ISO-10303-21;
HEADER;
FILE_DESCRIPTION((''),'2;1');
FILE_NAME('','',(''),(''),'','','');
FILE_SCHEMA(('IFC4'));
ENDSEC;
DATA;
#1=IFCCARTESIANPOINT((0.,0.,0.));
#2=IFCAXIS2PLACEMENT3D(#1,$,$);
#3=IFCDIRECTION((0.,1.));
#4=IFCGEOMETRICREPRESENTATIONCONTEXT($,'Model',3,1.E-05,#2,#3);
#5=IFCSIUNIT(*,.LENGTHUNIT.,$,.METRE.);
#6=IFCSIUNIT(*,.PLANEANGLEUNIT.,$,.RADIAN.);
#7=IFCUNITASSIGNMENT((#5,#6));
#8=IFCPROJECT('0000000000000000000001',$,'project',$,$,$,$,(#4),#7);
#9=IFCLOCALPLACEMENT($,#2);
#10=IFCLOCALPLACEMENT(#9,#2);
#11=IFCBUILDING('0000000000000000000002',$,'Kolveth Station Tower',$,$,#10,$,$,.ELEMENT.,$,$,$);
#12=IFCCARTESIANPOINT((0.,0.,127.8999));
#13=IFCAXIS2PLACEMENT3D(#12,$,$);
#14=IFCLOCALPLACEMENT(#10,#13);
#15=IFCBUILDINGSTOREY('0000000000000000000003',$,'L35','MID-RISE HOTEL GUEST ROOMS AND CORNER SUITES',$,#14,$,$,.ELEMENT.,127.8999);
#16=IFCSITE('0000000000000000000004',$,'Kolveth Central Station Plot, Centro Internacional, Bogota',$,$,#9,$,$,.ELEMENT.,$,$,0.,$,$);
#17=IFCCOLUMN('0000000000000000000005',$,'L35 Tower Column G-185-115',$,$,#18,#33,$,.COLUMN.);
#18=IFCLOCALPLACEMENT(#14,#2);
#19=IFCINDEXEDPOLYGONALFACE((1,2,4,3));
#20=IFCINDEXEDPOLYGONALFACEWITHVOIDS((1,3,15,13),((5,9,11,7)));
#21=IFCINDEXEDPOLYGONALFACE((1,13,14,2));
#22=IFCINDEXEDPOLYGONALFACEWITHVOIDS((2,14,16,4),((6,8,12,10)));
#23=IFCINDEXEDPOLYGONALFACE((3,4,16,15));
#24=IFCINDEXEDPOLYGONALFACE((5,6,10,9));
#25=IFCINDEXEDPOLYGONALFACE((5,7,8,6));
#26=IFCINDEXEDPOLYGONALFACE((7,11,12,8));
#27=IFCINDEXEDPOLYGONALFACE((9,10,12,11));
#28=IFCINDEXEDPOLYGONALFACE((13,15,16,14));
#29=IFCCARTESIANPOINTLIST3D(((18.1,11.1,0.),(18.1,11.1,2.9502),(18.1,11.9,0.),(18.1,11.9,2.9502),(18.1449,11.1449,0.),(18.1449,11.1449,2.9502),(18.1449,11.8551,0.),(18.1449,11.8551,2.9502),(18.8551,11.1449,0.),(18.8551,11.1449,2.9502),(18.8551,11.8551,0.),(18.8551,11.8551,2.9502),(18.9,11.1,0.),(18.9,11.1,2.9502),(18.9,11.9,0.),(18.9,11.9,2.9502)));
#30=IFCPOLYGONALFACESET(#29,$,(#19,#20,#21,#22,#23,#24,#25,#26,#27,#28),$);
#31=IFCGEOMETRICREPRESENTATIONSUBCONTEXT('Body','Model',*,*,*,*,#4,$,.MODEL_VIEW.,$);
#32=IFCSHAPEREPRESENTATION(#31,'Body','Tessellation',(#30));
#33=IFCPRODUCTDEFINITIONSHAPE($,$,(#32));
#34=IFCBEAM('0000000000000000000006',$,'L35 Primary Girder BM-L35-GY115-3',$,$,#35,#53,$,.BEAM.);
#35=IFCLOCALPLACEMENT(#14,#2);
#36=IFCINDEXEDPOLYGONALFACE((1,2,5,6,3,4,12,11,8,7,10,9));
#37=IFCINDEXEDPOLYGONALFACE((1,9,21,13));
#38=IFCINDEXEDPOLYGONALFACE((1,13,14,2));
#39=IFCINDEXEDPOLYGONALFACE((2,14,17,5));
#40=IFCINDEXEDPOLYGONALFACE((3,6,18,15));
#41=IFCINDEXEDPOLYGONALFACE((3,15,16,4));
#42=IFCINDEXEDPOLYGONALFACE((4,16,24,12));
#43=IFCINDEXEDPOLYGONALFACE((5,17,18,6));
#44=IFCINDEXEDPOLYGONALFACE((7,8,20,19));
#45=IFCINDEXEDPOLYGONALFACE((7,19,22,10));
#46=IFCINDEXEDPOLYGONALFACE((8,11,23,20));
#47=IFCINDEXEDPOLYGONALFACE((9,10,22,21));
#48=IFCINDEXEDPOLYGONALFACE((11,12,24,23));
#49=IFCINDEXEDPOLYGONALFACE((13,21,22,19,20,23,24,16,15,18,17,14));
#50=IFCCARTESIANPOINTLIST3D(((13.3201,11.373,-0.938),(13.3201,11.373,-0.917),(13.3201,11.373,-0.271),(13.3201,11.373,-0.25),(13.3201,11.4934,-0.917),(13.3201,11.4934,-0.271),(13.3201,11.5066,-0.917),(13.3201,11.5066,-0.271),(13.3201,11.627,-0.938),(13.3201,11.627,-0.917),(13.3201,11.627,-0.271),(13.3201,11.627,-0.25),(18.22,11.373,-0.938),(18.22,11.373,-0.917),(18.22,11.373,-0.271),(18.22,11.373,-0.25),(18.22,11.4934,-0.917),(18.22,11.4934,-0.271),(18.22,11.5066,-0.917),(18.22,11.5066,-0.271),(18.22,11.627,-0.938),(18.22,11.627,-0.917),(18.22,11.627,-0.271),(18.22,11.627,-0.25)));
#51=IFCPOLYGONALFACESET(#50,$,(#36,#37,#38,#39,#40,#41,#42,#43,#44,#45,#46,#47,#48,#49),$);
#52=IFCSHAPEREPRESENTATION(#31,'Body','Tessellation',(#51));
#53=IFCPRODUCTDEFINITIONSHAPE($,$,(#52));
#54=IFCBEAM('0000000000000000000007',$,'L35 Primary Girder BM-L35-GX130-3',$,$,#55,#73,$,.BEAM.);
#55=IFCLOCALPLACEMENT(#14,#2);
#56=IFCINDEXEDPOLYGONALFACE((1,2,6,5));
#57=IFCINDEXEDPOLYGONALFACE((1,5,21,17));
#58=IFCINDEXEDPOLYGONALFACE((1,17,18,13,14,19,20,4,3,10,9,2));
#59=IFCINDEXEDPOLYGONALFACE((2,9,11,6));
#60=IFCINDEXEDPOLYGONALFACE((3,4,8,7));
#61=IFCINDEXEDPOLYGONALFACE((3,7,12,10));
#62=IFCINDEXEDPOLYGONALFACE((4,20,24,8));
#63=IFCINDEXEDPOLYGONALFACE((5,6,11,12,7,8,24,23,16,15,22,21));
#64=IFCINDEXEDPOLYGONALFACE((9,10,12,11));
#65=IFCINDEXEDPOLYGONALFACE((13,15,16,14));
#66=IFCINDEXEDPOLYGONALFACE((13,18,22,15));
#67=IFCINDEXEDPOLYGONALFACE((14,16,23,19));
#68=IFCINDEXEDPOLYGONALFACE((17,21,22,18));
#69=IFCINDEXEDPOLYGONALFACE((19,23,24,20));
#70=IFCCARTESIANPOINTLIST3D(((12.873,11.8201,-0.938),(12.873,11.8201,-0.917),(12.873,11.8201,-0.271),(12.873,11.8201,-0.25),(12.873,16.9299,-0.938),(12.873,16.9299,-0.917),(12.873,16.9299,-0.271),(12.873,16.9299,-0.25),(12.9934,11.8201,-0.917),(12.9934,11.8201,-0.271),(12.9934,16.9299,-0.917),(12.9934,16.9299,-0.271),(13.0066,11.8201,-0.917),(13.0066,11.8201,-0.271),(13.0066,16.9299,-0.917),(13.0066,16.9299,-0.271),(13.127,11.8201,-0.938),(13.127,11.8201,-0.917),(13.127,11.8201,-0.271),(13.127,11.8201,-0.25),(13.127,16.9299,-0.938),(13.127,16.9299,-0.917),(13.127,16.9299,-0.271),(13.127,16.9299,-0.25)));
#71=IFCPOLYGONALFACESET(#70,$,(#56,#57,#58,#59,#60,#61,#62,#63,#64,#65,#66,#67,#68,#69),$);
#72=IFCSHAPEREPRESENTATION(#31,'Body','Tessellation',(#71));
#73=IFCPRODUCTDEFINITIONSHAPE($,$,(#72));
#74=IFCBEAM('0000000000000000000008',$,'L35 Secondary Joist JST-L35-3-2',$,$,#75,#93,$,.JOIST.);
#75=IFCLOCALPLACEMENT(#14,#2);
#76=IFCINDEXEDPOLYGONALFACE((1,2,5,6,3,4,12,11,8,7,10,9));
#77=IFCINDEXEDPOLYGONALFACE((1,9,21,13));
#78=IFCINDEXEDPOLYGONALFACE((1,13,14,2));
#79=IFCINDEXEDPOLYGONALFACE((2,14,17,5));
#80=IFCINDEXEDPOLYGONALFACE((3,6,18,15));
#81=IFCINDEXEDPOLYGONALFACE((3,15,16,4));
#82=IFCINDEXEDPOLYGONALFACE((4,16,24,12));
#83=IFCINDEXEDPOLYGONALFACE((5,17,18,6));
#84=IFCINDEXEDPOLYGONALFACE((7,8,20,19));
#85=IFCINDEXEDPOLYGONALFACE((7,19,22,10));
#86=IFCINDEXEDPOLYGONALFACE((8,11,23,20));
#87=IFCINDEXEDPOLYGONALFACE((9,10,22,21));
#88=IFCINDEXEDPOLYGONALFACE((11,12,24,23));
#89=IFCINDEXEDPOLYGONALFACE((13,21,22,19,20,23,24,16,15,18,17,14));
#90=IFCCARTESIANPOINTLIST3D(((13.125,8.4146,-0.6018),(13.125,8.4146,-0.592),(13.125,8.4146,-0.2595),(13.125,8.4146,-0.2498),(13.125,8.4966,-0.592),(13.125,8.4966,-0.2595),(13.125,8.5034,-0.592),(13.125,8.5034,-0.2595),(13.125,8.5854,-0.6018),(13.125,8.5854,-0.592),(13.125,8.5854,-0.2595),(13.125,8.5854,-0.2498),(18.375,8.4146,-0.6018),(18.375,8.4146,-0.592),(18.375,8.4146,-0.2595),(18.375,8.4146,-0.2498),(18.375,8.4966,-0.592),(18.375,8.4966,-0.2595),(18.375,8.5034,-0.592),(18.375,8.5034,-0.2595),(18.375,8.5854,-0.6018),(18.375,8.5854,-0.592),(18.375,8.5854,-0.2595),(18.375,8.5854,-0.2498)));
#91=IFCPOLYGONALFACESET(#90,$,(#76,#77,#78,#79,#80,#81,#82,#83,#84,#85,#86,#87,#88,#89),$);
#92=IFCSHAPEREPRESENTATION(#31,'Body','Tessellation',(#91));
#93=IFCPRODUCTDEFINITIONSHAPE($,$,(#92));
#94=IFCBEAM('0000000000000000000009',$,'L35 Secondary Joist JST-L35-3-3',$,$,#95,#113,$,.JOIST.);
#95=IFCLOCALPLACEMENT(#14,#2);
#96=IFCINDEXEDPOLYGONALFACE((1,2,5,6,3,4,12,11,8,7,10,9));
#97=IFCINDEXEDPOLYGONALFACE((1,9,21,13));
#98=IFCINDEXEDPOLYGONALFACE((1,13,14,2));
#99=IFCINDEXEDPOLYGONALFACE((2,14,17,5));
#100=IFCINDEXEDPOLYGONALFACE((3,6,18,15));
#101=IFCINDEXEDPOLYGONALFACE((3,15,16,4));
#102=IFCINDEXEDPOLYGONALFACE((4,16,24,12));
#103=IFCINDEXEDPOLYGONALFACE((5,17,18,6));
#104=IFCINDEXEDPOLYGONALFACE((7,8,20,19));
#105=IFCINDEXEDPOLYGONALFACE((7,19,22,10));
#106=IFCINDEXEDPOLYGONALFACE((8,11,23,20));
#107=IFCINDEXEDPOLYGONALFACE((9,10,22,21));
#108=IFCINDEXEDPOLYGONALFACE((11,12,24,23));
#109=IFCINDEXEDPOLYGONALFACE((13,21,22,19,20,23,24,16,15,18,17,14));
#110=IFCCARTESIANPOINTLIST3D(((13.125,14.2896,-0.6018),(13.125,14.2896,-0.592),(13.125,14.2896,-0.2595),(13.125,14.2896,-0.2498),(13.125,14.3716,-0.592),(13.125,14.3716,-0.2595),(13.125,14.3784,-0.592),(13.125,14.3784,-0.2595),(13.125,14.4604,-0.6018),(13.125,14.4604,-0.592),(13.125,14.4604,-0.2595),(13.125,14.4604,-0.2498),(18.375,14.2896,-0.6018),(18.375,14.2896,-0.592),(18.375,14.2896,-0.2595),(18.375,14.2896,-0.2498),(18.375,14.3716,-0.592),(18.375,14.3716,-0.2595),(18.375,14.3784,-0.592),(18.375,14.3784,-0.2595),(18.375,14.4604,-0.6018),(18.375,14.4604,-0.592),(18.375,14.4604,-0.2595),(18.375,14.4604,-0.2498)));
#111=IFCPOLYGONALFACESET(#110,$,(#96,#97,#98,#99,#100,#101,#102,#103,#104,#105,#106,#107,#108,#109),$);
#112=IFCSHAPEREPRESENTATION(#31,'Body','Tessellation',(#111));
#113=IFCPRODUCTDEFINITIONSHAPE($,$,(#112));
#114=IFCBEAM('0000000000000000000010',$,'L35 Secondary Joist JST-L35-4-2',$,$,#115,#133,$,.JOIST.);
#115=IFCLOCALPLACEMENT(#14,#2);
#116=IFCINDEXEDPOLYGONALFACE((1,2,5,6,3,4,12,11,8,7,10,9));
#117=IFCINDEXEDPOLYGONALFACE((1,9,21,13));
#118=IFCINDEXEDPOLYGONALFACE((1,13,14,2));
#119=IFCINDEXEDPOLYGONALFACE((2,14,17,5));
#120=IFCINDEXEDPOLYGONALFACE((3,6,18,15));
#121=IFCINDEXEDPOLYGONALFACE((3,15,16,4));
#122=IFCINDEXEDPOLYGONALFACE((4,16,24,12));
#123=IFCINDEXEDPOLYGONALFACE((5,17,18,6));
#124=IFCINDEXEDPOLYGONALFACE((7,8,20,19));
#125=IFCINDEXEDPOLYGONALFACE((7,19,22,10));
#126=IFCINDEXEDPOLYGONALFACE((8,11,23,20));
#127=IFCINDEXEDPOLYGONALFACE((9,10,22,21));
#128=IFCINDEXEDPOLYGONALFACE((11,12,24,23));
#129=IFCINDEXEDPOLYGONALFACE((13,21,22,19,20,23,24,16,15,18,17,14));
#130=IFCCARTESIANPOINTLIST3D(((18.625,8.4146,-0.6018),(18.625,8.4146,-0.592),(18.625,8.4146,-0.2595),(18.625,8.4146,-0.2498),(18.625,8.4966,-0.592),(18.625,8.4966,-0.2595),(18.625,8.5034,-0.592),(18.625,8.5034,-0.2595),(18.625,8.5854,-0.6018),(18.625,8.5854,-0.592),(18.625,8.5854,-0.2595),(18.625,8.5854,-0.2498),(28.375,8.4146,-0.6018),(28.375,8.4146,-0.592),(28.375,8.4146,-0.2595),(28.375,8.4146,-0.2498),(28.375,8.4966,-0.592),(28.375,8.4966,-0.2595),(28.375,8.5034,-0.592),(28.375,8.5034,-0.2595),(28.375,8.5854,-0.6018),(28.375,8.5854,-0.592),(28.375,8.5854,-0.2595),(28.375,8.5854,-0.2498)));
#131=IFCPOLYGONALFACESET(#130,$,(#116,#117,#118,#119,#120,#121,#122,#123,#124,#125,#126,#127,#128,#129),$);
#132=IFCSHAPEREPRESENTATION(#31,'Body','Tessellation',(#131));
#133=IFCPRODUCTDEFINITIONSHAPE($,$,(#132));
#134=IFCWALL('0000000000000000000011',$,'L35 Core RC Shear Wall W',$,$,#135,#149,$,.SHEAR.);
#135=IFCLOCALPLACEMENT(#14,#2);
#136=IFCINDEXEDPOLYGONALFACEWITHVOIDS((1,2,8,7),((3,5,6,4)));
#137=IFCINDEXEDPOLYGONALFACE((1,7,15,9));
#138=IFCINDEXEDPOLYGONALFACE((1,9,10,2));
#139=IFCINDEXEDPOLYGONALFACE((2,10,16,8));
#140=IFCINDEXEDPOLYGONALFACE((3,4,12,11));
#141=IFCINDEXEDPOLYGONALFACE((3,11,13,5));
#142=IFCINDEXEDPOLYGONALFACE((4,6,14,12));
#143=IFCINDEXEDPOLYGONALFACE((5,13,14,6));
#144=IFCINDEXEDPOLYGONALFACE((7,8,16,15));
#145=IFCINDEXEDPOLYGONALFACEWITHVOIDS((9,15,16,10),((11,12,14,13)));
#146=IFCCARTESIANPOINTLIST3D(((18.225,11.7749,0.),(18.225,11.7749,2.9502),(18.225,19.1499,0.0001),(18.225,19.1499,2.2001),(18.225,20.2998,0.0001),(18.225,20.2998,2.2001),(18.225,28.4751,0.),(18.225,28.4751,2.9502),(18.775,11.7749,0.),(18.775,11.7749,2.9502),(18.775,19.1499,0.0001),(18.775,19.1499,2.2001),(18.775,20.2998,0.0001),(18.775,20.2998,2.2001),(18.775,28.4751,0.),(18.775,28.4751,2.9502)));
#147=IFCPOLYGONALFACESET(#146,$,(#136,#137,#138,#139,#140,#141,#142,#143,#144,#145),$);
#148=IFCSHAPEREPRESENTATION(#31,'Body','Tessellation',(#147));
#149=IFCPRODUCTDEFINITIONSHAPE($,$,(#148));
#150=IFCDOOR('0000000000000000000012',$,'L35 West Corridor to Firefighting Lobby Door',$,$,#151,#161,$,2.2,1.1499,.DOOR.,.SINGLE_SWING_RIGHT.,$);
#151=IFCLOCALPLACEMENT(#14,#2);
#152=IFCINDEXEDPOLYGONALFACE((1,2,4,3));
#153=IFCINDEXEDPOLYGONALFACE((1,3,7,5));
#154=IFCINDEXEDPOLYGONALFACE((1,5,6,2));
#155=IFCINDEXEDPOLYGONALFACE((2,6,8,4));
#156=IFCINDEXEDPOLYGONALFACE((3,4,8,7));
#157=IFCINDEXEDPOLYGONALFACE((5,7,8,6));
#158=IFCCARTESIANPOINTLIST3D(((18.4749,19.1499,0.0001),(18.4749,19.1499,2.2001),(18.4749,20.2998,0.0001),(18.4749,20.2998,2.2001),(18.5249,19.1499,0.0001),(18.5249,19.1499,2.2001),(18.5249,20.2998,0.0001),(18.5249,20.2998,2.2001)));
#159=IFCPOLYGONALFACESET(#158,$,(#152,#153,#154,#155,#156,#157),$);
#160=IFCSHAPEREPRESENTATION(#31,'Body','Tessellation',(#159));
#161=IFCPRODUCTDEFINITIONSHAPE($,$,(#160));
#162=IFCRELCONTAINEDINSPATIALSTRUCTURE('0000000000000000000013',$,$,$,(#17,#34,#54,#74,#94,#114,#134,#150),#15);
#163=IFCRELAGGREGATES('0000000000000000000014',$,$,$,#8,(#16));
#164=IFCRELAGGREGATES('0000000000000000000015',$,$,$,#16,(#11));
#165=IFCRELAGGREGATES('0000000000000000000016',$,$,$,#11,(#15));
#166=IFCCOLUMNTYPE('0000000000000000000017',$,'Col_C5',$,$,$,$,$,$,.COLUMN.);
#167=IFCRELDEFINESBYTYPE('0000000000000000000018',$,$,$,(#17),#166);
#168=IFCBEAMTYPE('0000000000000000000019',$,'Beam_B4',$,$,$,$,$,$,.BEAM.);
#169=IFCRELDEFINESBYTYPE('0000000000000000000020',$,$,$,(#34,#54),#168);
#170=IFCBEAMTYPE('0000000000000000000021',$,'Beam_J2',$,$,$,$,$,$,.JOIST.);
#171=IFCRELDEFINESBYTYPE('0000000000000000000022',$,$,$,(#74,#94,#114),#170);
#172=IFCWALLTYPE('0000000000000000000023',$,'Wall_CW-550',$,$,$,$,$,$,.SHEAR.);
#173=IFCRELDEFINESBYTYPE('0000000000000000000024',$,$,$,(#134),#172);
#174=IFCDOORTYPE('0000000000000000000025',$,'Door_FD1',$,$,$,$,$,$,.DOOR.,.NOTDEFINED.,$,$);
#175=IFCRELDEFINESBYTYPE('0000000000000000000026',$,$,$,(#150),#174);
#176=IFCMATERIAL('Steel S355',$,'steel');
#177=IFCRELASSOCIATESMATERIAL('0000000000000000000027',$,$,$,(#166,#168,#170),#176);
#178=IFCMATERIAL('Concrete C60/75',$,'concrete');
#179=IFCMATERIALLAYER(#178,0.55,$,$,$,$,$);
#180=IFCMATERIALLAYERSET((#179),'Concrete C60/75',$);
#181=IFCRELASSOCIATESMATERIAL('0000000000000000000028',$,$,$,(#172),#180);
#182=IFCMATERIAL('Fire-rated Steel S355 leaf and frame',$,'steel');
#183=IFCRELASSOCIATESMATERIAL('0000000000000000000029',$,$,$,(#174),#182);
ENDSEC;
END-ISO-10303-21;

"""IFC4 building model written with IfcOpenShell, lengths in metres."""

from ifc_helpers import new_model, si_unit, direction, frame, frame_2d, origin, origin_2d, place, context, subcontext, project, spatial, rectangle, hollow_rectangle, i_section, extrude, source, transform, mapped, material, layer, layer_set, material_profile, profile_set, type_object, element, fill, save


model = new_model("IFC4")

# Units and contexts
model_context = context("Model", 3, precision=1e-05, world=origin(), true_north=direction((0.0, 1.0)))
body_context = subcontext(model_context, "Body", "Model", "MODEL_VIEW")
ifc_project = project(units=[si_unit("LENGTHUNIT", "METRE"), si_unit("PLANEANGLEUNIT", "RADIAN")], contexts=[model_context])

# Site, building, storey
site_placement = place(None, origin())
site = spatial("IfcSite", under=ifc_project, at=site_placement, Name="Kolveth Central Station Plot, Centro Internacional, Bogota", CompositionType="ELEMENT", RefElevation=0.0)
building_placement = place(site_placement, origin())
building = spatial("IfcBuilding", under=site, at=building_placement, Name="Kolveth Station Tower", CompositionType="ELEMENT")
storey_placement = place(building_placement, frame((0.0, 0.0, 127.8999)))
storey = spatial("IfcBuildingStorey", under=building, at=storey_placement, Name="L35", Description="MID-RISE HOTEL GUEST ROOMS AND CORNER SUITES", CompositionType="ELEMENT", Elevation=127.8999)

# Column
ifc_material_1 = material(Name="Steel S355", Category="steel")
ifc_material_profile_1 = material_profile(ifc_material_1, hollow_rectangle(XDim=0.8, YDim=0.8, WallThickness=0.0449, at=origin_2d()), Name="BOX800x800x45")
ifc_profile_set_1 = profile_set([ifc_material_profile_1], Name="Steel S355")
column_type = type_object("IfcColumnType", Name="Col_C5", PredefinedType="COLUMN", material=ifc_profile_set_1)
shared_shape_1 = source(origin(), body_context, "Body", "SweptSolid", [
    extrude(hollow_rectangle(XDim=0.8, YDim=0.8, WallThickness=0.0449, at=origin_2d()), origin(), (0.0, 0.0, 1.0), 2.9502),
])
column_placement = place(storey_placement, frame((18.5, 11.5, 0.0), z_axis=(0.0, 0.0, 1.0), x_axis=(1.0, 0.0, 0.0)))
element("IfcColumn", 1, at=column_placement, inside=storey, type_object=column_type, Name="L35 Tower Column G-185-115", PredefinedType="COLUMN", context=body_context, shape_type="MappedRepresentation", body=[
    mapped(shared_shape_1, transform((0.0, 0.0, 0.0), x_axis=(1.0, 0.0, 0.0), y_axis=(0.0, 1.0, 0.0), z_axis=(0.0, 0.0, 1.0), scale=1.0)),
])

# Beams
ifc_material_profile_2 = material_profile(ifc_material_1, i_section(OverallWidth=0.2539, OverallDepth=0.688, WebThickness=0.0132, FlangeThickness=0.021, at=origin_2d()), Name="W690x152")
ifc_profile_set_2 = profile_set([ifc_material_profile_2], Name="Steel S355")
beam_type_1 = type_object("IfcBeamType", Name="Beam_B4", PredefinedType="BEAM", material=ifc_profile_set_2)
shared_shape_2 = source(origin(), body_context, "Body", "SweptSolid", [
    extrude(i_section(OverallWidth=0.2539, OverallDepth=0.688, WebThickness=0.0132, FlangeThickness=0.021, at=origin_2d()), origin(), (0.0, 0.0, 1.0), 4.8999),
])
beam_1_placement = place(storey_placement, frame((13.3201, 11.5, -0.594), z_axis=(1.0, 0.0, 0.0), x_axis=(0.0, 1.0, 0.0)))
element("IfcBeam", 2, at=beam_1_placement, inside=storey, type_object=beam_type_1, Name="L35 Primary Girder BM-L35-GY115-3", PredefinedType="BEAM", context=body_context, shape_type="MappedRepresentation", body=[
    mapped(shared_shape_2, transform((0.0, 0.0, 0.0), x_axis=(1.0, 0.0, 0.0), y_axis=(0.0, 1.0, 0.0), z_axis=(0.0, 0.0, 1.0), scale=1.0)),
])
shared_shape_3 = source(origin(), body_context, "Body", "SweptSolid", [
    extrude(i_section(OverallWidth=0.2539, OverallDepth=0.688, WebThickness=0.0132, FlangeThickness=0.021, at=origin_2d()), origin(), (0.0, 0.0, 1.0), 5.1099),
])
beam_2_placement = place(storey_placement, frame((13.0, 11.8201, -0.594), z_axis=(0.0, 1.0, 0.0), x_axis=(-1.0, 0.0, 0.0)))
element("IfcBeam", 3, at=beam_2_placement, inside=storey, type_object=beam_type_1, Name="L35 Primary Girder BM-L35-GX130-3", PredefinedType="BEAM", context=body_context, shape_type="MappedRepresentation", body=[
    mapped(shared_shape_3, transform((0.0, 0.0, 0.0), x_axis=(1.0, 0.0, 0.0), y_axis=(0.0, 1.0, 0.0), z_axis=(0.0, 0.0, 1.0), scale=1.0)),
])
ifc_material_profile_3 = material_profile(ifc_material_1, i_section(OverallWidth=0.1709, OverallDepth=0.3521, WebThickness=0.0068, FlangeThickness=0.0098, at=origin_2d()), Name="W360x44")
ifc_profile_set_3 = profile_set([ifc_material_profile_3], Name="Steel S355")
beam_type_2 = type_object("IfcBeamType", Name="Beam_J2", PredefinedType="JOIST", material=ifc_profile_set_3)
shared_shape_4 = source(origin(), body_context, "Body", "SweptSolid", [
    extrude(i_section(OverallWidth=0.1709, OverallDepth=0.3521, WebThickness=0.0068, FlangeThickness=0.0098, at=origin_2d()), origin(), (0.0, 0.0, 1.0), 5.25),
])
for number, where, z_axis, x_axis, name in (
    (4, (13.125, 8.5, -0.4258), (1.0, 0.0, 0.0), (0.0, 1.0, 0.0), "L35 Secondary Joist JST-L35-3-2"),
    (5, (13.125, 14.375, -0.4258), (1.0, 0.0, 0.0), (0.0, 1.0, 0.0), "L35 Secondary Joist JST-L35-3-3"),
):
    element("IfcBeam", number, at=place(storey_placement, frame(where, z_axis=z_axis, x_axis=x_axis)), inside=storey, type_object=beam_type_2, Name=name, PredefinedType="JOIST", context=body_context, shape_type="MappedRepresentation", body=[
        mapped(shared_shape_4, transform((0.0, 0.0, 0.0), x_axis=(1.0, 0.0, 0.0), y_axis=(0.0, 1.0, 0.0), z_axis=(0.0, 0.0, 1.0), scale=1.0)),
    ])
shared_shape_5 = source(origin(), body_context, "Body", "SweptSolid", [
    extrude(i_section(OverallWidth=0.1709, OverallDepth=0.3521, WebThickness=0.0068, FlangeThickness=0.0098, at=origin_2d()), origin(), (0.0, 0.0, 1.0), 9.75),
])
beam_3_placement = place(storey_placement, frame((18.625, 8.5, -0.4258), z_axis=(1.0, 0.0, 0.0), x_axis=(0.0, 1.0, 0.0)))
element("IfcBeam", 6, at=beam_3_placement, inside=storey, type_object=beam_type_2, Name="L35 Secondary Joist JST-L35-4-2", PredefinedType="JOIST", context=body_context, shape_type="MappedRepresentation", body=[
    mapped(shared_shape_5, transform((0.0, 0.0, 0.0), x_axis=(1.0, 0.0, 0.0), y_axis=(0.0, 1.0, 0.0), z_axis=(0.0, 0.0, 1.0), scale=1.0)),
])

# Shared definitions
ifc_material_2 = material(Name="Concrete C60/75", Category="concrete")
ifc_layer_1 = layer(ifc_material_2, 0.55)
ifc_layer_set_1 = layer_set([ifc_layer_1], Name="Concrete C60/75")
wall_type_1 = type_object("IfcWallType", Name="Wall_CW-550", PredefinedType="SHEAR", material=ifc_layer_set_1)

# Wall, opening, door
wall_1_placement = place(storey_placement, frame((18.5, 11.7749, 0.0), z_axis=(0.0, 0.0, 1.0), x_axis=(0.0, 1.0, 0.0)))
wall_1 = element("IfcWall", 7, at=wall_1_placement, inside=storey, type_object=wall_type_1, Name="L35 Core RC Shear Wall W", PredefinedType="SHEAR", context=body_context, shape_type="SweptSolid", body=[
    extrude(rectangle(XDim=16.7002, YDim=0.55, at=frame_2d((8.3501, 0.0))), origin(), (0.0, 0.0, 1.0), 2.9502),
])
opening_1_placement = place(wall_1_placement, frame((7.375, 0.0, 0.0)))
opening_1 = element("IfcOpeningElement", 8, at=opening_1_placement, cuts=wall_1, PredefinedType="OPENING", context=body_context, shape_type="SweptSolid", body=[
    extrude(rectangle(XDim=1.1499, YDim=2.2, at=frame_2d((0.575, 1.1001))), frame((0.0, 0.2849, 0.0), z_axis=(0.0, -1.0, 0.0), x_axis=(1.0, 0.0, 0.0)), (0.0, 0.0, 1.0), 0.5701),
])
ifc_material_3 = material(Name="Fire-rated Steel S355 leaf and frame", Category="steel")
door_type_1 = type_object("IfcDoorType", Name="Door_FD1", OperationType="NOTDEFINED", PredefinedType="DOOR", material=ifc_material_3)
door_1_placement = place(opening_1_placement, frame((1.1499, 0.0, 0.0), z_axis=(0.0, 0.0, 1.0), x_axis=(-1.0, 0.0, 0.0)))
door_1 = element("IfcDoor", 9, at=door_1_placement, inside=storey, type_object=door_type_1, Name="L35 West Corridor to Firefighting Lobby Door", OperationType="SINGLE_SWING_RIGHT", OverallHeight=2.2, OverallWidth=1.1499, PredefinedType="DOOR", context=body_context, shape_type="SweptSolid", body=[
    extrude(rectangle(XDim=1.1499, YDim=2.2, at=frame_2d((0.575, 1.1001))), frame((0.0, 0.0249, 0.0), z_axis=(0.0, -1.0, 0.0), x_axis=(1.0, 0.0, 0.0)), (0.0, 0.0, 1.0), 0.05),
])
fill(opening_1, door_1)

save(model, "model.ifc")
